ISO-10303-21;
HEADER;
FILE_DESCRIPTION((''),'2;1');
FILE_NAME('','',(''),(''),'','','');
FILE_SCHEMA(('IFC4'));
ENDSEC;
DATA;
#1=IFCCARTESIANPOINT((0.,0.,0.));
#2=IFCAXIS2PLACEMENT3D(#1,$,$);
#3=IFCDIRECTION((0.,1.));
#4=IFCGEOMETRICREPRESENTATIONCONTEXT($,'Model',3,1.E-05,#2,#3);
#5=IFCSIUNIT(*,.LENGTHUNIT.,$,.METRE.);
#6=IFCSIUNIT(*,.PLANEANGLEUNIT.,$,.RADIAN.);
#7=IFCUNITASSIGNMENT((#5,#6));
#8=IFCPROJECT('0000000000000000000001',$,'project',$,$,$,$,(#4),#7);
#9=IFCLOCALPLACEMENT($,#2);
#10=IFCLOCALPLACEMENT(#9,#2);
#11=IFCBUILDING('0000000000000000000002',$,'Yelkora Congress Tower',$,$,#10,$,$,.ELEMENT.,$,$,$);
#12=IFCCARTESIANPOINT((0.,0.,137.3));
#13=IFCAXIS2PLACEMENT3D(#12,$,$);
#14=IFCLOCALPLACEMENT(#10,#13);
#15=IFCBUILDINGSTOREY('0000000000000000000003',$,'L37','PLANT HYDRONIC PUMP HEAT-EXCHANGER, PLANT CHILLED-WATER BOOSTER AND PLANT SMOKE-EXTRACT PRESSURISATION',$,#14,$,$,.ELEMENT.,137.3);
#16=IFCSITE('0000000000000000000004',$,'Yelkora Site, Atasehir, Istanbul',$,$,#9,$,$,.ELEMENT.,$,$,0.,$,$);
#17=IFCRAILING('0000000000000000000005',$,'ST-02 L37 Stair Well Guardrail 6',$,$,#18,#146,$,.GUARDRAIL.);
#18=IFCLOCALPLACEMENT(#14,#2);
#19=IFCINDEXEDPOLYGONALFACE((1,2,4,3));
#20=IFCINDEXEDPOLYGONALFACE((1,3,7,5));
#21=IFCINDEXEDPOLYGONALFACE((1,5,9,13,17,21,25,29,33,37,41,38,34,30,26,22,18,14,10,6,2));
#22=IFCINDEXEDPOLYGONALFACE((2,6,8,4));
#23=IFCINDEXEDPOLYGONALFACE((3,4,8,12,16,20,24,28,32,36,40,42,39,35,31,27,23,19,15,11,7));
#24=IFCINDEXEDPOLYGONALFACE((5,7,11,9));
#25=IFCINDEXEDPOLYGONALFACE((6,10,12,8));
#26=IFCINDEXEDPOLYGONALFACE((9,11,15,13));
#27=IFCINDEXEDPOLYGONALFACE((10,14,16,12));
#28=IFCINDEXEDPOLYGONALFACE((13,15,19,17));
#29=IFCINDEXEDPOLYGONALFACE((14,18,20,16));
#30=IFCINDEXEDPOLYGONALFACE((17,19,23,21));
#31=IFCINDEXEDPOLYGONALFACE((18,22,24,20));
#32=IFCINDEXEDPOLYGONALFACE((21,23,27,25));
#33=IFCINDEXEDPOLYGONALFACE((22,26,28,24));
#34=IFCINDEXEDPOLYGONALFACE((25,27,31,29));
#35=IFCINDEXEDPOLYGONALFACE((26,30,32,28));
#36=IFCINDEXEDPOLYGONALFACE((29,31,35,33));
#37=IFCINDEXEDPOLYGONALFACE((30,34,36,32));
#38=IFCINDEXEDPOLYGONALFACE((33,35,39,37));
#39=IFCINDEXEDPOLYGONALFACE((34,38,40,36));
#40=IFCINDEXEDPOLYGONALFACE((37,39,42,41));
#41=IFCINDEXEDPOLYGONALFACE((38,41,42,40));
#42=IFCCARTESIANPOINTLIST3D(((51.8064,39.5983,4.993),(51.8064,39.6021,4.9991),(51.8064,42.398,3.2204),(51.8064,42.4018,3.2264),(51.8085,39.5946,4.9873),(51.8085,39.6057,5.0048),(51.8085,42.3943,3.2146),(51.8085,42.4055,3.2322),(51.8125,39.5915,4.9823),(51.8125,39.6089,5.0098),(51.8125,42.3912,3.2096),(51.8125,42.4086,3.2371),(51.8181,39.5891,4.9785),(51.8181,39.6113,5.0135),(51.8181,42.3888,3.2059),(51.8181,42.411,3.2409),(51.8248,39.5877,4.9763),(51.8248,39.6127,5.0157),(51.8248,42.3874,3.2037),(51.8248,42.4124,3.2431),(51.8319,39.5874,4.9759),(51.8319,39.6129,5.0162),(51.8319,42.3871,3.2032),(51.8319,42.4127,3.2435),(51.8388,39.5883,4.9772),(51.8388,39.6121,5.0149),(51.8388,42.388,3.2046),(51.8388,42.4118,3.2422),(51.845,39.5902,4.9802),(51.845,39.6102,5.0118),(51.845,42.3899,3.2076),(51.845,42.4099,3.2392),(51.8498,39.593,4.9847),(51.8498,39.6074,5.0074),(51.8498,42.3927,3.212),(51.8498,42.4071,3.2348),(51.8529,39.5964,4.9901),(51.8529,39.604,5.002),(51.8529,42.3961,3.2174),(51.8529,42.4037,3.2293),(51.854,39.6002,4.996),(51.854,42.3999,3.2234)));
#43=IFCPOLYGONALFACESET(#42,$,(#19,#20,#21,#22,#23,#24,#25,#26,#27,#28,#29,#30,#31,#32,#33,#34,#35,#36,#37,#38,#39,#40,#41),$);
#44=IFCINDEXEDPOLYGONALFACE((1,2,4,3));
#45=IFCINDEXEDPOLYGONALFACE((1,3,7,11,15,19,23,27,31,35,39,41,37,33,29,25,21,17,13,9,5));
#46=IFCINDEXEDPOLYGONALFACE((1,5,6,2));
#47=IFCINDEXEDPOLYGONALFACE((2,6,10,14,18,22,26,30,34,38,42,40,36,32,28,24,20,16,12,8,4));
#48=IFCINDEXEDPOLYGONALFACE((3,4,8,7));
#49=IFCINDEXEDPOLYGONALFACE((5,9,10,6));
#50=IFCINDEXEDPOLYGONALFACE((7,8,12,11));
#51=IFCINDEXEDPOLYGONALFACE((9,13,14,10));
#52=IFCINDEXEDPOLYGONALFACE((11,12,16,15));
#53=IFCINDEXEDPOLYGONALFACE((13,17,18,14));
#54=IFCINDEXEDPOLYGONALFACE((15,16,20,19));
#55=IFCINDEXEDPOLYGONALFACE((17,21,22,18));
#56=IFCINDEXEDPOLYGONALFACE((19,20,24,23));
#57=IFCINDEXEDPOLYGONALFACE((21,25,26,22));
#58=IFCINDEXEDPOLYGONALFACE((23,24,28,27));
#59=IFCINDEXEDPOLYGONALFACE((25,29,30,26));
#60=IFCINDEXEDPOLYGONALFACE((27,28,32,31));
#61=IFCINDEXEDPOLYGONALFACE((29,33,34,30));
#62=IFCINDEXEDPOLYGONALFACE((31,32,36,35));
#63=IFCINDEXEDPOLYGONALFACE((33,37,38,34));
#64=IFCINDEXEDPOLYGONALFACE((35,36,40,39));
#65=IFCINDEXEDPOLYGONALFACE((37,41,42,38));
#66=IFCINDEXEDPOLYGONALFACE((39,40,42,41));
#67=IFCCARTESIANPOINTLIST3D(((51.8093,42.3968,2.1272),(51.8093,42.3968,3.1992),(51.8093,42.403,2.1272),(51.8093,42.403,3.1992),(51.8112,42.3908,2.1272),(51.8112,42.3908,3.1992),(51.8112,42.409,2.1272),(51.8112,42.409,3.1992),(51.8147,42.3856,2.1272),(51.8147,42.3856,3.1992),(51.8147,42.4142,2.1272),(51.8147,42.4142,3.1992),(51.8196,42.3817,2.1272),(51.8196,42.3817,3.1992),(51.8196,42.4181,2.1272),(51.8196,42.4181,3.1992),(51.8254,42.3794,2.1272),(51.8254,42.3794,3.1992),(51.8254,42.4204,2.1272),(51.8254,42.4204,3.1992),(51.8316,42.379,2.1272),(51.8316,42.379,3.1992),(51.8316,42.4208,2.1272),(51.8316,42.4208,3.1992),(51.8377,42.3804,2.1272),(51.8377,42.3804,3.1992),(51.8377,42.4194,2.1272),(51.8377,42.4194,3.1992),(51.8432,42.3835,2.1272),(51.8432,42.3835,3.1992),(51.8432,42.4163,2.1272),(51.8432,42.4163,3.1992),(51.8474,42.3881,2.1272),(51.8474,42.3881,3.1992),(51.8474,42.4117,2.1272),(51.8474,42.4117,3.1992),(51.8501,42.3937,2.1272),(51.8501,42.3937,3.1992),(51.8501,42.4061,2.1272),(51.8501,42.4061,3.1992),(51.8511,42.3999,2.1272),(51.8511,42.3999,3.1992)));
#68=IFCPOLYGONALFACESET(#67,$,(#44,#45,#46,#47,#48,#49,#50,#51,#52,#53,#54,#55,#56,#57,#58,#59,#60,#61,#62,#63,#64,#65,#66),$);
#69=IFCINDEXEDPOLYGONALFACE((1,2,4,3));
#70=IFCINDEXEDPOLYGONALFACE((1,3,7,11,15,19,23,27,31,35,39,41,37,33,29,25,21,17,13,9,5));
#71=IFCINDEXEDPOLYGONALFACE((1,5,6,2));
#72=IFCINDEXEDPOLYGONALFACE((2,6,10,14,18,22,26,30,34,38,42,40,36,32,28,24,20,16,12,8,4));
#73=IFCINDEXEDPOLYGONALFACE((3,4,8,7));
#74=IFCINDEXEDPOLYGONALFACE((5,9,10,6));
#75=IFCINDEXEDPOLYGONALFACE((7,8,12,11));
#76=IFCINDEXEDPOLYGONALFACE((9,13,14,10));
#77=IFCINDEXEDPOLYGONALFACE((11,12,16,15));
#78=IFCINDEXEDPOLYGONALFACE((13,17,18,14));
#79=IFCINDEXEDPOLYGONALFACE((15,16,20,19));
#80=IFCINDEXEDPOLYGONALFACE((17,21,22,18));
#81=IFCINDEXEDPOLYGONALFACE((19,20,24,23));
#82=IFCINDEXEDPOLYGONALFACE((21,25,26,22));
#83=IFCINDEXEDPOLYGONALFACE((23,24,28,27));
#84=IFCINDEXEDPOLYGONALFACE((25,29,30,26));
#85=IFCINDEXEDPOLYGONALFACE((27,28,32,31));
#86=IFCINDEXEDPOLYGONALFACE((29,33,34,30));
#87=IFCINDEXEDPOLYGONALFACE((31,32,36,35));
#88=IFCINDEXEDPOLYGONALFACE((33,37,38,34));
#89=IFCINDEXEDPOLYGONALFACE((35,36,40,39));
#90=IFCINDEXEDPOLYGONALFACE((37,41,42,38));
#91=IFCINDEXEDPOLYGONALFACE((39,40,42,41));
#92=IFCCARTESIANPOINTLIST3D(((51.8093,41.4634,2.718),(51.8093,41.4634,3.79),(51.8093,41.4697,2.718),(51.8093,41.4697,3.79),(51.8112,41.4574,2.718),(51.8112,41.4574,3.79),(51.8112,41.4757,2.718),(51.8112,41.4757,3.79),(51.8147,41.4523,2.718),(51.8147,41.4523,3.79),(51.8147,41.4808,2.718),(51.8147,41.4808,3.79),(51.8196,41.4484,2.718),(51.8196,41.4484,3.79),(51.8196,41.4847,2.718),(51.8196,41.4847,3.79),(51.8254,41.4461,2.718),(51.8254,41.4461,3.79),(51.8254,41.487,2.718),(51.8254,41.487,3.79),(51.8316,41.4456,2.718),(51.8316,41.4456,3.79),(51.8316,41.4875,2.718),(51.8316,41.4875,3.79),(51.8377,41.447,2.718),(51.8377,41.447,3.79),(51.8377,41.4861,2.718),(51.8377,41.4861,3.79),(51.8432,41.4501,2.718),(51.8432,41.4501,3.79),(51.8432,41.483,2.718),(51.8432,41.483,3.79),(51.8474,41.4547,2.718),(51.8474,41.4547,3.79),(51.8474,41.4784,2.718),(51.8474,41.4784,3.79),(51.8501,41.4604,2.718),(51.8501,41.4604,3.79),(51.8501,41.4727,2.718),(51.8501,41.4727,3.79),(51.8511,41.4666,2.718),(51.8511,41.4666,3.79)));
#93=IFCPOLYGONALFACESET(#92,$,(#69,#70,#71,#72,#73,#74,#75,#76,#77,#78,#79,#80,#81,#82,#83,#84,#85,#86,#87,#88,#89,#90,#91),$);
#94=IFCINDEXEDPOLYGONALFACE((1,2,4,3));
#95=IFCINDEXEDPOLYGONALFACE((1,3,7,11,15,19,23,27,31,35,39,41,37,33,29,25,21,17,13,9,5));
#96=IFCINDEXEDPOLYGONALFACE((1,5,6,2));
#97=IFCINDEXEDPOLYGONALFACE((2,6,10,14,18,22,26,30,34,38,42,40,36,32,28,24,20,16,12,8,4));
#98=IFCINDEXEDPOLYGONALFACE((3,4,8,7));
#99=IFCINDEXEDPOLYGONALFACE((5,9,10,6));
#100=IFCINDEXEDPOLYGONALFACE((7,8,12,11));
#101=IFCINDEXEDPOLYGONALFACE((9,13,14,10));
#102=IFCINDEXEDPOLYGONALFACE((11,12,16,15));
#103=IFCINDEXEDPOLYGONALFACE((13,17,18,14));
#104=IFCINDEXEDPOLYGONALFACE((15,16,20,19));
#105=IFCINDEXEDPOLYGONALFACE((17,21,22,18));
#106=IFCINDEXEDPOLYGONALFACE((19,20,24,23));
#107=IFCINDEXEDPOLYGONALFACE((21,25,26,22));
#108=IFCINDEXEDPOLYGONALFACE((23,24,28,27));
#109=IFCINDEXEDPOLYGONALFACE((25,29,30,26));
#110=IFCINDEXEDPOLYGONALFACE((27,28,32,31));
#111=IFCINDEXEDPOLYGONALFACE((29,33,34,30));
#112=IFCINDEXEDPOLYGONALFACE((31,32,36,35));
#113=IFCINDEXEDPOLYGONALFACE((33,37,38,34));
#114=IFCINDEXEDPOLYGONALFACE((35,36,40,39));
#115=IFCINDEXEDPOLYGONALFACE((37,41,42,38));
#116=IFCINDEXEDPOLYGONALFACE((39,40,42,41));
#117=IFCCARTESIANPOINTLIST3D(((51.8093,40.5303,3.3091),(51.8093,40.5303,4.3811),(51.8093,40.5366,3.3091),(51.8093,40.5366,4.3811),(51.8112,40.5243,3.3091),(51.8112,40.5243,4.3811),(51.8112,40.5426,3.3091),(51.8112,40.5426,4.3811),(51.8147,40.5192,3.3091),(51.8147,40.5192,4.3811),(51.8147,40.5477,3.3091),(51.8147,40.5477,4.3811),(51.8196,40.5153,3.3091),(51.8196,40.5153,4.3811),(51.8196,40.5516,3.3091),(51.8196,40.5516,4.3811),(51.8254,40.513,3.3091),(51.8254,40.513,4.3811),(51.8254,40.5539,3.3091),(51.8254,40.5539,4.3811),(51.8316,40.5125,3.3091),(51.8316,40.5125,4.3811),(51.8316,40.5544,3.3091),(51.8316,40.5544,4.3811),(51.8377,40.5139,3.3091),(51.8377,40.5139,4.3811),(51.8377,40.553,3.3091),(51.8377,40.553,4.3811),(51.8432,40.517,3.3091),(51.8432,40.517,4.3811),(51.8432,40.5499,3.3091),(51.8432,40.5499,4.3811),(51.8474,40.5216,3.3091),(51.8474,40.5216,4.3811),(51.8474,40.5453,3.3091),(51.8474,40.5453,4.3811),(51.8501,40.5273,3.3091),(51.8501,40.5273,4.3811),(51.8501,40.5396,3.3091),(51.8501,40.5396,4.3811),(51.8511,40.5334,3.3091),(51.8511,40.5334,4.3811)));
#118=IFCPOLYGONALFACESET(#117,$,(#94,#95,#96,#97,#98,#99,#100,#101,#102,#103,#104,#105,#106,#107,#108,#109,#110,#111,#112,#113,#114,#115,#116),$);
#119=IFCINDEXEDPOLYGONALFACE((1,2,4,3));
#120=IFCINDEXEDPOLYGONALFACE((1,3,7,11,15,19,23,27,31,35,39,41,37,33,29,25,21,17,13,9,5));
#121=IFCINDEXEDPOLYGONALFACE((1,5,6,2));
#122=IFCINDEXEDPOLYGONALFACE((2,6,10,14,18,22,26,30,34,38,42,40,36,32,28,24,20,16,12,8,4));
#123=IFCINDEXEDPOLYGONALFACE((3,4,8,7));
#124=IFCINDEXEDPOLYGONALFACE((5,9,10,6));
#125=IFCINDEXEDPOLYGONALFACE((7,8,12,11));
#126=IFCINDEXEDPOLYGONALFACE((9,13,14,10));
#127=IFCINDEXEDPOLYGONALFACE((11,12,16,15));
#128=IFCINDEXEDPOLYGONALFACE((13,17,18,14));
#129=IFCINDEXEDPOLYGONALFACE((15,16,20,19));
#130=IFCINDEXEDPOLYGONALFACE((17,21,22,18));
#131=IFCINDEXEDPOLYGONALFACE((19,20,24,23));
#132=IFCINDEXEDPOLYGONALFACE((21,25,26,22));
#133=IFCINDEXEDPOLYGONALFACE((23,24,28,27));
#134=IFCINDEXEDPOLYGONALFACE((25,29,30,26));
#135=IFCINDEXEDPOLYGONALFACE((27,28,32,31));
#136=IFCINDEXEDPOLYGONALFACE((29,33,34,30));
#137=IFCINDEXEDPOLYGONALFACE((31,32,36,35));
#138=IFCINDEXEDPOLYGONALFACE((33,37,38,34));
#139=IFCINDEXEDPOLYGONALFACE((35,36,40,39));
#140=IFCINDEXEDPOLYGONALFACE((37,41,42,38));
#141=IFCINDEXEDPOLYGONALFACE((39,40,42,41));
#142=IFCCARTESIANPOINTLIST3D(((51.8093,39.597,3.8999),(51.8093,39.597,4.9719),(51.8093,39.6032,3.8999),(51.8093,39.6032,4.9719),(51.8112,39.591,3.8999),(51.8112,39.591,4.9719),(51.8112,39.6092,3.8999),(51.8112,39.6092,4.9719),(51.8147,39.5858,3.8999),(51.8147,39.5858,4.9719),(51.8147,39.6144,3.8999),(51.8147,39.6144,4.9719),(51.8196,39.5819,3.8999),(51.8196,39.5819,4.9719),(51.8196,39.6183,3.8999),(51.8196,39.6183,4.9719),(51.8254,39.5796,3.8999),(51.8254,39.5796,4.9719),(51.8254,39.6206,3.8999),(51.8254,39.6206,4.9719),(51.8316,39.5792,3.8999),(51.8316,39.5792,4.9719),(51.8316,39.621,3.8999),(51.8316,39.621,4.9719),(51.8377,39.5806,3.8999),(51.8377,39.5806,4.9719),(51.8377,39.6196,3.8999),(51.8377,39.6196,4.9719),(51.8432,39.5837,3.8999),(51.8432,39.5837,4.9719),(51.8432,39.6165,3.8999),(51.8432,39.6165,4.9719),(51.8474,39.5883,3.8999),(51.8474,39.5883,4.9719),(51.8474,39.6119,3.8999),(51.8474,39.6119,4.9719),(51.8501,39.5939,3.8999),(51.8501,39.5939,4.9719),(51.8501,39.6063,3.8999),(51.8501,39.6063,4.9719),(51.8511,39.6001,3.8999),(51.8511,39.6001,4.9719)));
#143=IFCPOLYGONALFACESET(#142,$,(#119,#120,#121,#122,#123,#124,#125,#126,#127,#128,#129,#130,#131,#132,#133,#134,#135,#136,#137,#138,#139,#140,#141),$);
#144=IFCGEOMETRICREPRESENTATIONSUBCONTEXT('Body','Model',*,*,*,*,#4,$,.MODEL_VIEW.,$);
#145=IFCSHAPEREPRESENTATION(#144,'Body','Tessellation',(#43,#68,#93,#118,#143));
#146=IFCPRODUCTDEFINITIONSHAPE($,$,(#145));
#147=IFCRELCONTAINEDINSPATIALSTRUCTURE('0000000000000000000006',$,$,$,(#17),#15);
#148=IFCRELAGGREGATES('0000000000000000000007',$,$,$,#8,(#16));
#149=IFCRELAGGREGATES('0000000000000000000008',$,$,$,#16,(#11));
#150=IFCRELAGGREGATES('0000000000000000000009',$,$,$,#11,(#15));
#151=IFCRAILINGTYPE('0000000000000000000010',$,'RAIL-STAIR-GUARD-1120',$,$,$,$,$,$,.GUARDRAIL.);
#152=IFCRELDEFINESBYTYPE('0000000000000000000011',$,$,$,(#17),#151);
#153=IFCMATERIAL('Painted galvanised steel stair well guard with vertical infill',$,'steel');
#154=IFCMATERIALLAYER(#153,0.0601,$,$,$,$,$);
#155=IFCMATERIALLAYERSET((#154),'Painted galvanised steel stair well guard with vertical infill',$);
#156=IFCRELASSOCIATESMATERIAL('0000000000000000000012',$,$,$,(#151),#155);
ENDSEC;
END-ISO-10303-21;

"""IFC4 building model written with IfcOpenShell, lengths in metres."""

from ifc_helpers import new_model, si_unit, direction, frame, origin, origin_2d, place, context, subcontext, project, spatial, circle, extrude, material, layer, layer_set, type_object, element, save


model = new_model("IFC4")

# Units and contexts
model_context = context("Model", 3, precision=1e-05, world=origin(), true_north=direction((0.0, 1.0)))
body_context = subcontext(model_context, "Body", "Model", "MODEL_VIEW")
ifc_project = project(units=[si_unit("LENGTHUNIT", "METRE"), si_unit("PLANEANGLEUNIT", "RADIAN")], contexts=[model_context])

# Site, building, storey
site_placement = place(None, origin())
site = spatial("IfcSite", under=ifc_project, at=site_placement, Name="Yelkora Site, Atasehir, Istanbul", CompositionType="ELEMENT", RefElevation=0.0)
building_placement = place(site_placement, origin())
building = spatial("IfcBuilding", under=site, at=building_placement, Name="Yelkora Congress Tower", CompositionType="ELEMENT")
storey_placement = place(building_placement, frame((0.0, 0.0, 137.3)))
storey = spatial("IfcBuildingStorey", under=building, at=storey_placement, Name="L37", Description="PLANT HYDRONIC PUMP HEAT-EXCHANGER, PLANT CHILLED-WATER BOOSTER AND PLANT SMOKE-EXTRACT PRESSURISATION", CompositionType="ELEMENT", Elevation=137.3)

# Railing
ifc_material_1 = material(Name="Painted galvanised steel stair well guard with vertical infill", Category="steel")
ifc_layer_1 = layer(ifc_material_1, 0.0601)
ifc_layer_set_1 = layer_set([ifc_layer_1], Name="Painted galvanised steel stair well guard with vertical infill")
railing_type_1 = type_object("IfcRailingType", Name="RAIL-STAIR-GUARD-1120", PredefinedType="GUARDRAIL", material=ifc_layer_set_1)
railing_1_placement = place(storey_placement, frame((51.8301, 42.3999, 2.1272)))
element("IfcRailing", 1, at=railing_1_placement, inside=storey, type_object=railing_type_1, Name="ST-02 L37 Stair Well Guardrail 6", PredefinedType="GUARDRAIL", context=body_context, shape_type="SweptSolid", body=[
    extrude(circle(Radius=0.0239, at=origin_2d()), frame((0.0, 0.0, 1.0962), z_axis=(0.0, -0.844888, 0.534943), x_axis=(1.0, 0.0, 0.0)), (0.0, 0.0, 1.0), 3.3137),
    extrude(circle(Radius=0.021, at=origin_2d()), origin(), (0.0, 0.0, 1.0), 1.072),
    extrude(circle(Radius=0.021, at=origin_2d()), frame((0.0, -0.9333, 0.5908)), (0.0, 0.0, 1.0), 1.072),
    extrude(circle(Radius=0.021, at=origin_2d()), frame((0.0, -1.8665, 1.1819)), (0.0, 0.0, 1.0), 1.072),
    extrude(circle(Radius=0.021, at=origin_2d()), frame((0.0, -2.7998, 1.7727)), (0.0, 0.0, 1.0), 1.072),
])

save(model, "model.ifc")
